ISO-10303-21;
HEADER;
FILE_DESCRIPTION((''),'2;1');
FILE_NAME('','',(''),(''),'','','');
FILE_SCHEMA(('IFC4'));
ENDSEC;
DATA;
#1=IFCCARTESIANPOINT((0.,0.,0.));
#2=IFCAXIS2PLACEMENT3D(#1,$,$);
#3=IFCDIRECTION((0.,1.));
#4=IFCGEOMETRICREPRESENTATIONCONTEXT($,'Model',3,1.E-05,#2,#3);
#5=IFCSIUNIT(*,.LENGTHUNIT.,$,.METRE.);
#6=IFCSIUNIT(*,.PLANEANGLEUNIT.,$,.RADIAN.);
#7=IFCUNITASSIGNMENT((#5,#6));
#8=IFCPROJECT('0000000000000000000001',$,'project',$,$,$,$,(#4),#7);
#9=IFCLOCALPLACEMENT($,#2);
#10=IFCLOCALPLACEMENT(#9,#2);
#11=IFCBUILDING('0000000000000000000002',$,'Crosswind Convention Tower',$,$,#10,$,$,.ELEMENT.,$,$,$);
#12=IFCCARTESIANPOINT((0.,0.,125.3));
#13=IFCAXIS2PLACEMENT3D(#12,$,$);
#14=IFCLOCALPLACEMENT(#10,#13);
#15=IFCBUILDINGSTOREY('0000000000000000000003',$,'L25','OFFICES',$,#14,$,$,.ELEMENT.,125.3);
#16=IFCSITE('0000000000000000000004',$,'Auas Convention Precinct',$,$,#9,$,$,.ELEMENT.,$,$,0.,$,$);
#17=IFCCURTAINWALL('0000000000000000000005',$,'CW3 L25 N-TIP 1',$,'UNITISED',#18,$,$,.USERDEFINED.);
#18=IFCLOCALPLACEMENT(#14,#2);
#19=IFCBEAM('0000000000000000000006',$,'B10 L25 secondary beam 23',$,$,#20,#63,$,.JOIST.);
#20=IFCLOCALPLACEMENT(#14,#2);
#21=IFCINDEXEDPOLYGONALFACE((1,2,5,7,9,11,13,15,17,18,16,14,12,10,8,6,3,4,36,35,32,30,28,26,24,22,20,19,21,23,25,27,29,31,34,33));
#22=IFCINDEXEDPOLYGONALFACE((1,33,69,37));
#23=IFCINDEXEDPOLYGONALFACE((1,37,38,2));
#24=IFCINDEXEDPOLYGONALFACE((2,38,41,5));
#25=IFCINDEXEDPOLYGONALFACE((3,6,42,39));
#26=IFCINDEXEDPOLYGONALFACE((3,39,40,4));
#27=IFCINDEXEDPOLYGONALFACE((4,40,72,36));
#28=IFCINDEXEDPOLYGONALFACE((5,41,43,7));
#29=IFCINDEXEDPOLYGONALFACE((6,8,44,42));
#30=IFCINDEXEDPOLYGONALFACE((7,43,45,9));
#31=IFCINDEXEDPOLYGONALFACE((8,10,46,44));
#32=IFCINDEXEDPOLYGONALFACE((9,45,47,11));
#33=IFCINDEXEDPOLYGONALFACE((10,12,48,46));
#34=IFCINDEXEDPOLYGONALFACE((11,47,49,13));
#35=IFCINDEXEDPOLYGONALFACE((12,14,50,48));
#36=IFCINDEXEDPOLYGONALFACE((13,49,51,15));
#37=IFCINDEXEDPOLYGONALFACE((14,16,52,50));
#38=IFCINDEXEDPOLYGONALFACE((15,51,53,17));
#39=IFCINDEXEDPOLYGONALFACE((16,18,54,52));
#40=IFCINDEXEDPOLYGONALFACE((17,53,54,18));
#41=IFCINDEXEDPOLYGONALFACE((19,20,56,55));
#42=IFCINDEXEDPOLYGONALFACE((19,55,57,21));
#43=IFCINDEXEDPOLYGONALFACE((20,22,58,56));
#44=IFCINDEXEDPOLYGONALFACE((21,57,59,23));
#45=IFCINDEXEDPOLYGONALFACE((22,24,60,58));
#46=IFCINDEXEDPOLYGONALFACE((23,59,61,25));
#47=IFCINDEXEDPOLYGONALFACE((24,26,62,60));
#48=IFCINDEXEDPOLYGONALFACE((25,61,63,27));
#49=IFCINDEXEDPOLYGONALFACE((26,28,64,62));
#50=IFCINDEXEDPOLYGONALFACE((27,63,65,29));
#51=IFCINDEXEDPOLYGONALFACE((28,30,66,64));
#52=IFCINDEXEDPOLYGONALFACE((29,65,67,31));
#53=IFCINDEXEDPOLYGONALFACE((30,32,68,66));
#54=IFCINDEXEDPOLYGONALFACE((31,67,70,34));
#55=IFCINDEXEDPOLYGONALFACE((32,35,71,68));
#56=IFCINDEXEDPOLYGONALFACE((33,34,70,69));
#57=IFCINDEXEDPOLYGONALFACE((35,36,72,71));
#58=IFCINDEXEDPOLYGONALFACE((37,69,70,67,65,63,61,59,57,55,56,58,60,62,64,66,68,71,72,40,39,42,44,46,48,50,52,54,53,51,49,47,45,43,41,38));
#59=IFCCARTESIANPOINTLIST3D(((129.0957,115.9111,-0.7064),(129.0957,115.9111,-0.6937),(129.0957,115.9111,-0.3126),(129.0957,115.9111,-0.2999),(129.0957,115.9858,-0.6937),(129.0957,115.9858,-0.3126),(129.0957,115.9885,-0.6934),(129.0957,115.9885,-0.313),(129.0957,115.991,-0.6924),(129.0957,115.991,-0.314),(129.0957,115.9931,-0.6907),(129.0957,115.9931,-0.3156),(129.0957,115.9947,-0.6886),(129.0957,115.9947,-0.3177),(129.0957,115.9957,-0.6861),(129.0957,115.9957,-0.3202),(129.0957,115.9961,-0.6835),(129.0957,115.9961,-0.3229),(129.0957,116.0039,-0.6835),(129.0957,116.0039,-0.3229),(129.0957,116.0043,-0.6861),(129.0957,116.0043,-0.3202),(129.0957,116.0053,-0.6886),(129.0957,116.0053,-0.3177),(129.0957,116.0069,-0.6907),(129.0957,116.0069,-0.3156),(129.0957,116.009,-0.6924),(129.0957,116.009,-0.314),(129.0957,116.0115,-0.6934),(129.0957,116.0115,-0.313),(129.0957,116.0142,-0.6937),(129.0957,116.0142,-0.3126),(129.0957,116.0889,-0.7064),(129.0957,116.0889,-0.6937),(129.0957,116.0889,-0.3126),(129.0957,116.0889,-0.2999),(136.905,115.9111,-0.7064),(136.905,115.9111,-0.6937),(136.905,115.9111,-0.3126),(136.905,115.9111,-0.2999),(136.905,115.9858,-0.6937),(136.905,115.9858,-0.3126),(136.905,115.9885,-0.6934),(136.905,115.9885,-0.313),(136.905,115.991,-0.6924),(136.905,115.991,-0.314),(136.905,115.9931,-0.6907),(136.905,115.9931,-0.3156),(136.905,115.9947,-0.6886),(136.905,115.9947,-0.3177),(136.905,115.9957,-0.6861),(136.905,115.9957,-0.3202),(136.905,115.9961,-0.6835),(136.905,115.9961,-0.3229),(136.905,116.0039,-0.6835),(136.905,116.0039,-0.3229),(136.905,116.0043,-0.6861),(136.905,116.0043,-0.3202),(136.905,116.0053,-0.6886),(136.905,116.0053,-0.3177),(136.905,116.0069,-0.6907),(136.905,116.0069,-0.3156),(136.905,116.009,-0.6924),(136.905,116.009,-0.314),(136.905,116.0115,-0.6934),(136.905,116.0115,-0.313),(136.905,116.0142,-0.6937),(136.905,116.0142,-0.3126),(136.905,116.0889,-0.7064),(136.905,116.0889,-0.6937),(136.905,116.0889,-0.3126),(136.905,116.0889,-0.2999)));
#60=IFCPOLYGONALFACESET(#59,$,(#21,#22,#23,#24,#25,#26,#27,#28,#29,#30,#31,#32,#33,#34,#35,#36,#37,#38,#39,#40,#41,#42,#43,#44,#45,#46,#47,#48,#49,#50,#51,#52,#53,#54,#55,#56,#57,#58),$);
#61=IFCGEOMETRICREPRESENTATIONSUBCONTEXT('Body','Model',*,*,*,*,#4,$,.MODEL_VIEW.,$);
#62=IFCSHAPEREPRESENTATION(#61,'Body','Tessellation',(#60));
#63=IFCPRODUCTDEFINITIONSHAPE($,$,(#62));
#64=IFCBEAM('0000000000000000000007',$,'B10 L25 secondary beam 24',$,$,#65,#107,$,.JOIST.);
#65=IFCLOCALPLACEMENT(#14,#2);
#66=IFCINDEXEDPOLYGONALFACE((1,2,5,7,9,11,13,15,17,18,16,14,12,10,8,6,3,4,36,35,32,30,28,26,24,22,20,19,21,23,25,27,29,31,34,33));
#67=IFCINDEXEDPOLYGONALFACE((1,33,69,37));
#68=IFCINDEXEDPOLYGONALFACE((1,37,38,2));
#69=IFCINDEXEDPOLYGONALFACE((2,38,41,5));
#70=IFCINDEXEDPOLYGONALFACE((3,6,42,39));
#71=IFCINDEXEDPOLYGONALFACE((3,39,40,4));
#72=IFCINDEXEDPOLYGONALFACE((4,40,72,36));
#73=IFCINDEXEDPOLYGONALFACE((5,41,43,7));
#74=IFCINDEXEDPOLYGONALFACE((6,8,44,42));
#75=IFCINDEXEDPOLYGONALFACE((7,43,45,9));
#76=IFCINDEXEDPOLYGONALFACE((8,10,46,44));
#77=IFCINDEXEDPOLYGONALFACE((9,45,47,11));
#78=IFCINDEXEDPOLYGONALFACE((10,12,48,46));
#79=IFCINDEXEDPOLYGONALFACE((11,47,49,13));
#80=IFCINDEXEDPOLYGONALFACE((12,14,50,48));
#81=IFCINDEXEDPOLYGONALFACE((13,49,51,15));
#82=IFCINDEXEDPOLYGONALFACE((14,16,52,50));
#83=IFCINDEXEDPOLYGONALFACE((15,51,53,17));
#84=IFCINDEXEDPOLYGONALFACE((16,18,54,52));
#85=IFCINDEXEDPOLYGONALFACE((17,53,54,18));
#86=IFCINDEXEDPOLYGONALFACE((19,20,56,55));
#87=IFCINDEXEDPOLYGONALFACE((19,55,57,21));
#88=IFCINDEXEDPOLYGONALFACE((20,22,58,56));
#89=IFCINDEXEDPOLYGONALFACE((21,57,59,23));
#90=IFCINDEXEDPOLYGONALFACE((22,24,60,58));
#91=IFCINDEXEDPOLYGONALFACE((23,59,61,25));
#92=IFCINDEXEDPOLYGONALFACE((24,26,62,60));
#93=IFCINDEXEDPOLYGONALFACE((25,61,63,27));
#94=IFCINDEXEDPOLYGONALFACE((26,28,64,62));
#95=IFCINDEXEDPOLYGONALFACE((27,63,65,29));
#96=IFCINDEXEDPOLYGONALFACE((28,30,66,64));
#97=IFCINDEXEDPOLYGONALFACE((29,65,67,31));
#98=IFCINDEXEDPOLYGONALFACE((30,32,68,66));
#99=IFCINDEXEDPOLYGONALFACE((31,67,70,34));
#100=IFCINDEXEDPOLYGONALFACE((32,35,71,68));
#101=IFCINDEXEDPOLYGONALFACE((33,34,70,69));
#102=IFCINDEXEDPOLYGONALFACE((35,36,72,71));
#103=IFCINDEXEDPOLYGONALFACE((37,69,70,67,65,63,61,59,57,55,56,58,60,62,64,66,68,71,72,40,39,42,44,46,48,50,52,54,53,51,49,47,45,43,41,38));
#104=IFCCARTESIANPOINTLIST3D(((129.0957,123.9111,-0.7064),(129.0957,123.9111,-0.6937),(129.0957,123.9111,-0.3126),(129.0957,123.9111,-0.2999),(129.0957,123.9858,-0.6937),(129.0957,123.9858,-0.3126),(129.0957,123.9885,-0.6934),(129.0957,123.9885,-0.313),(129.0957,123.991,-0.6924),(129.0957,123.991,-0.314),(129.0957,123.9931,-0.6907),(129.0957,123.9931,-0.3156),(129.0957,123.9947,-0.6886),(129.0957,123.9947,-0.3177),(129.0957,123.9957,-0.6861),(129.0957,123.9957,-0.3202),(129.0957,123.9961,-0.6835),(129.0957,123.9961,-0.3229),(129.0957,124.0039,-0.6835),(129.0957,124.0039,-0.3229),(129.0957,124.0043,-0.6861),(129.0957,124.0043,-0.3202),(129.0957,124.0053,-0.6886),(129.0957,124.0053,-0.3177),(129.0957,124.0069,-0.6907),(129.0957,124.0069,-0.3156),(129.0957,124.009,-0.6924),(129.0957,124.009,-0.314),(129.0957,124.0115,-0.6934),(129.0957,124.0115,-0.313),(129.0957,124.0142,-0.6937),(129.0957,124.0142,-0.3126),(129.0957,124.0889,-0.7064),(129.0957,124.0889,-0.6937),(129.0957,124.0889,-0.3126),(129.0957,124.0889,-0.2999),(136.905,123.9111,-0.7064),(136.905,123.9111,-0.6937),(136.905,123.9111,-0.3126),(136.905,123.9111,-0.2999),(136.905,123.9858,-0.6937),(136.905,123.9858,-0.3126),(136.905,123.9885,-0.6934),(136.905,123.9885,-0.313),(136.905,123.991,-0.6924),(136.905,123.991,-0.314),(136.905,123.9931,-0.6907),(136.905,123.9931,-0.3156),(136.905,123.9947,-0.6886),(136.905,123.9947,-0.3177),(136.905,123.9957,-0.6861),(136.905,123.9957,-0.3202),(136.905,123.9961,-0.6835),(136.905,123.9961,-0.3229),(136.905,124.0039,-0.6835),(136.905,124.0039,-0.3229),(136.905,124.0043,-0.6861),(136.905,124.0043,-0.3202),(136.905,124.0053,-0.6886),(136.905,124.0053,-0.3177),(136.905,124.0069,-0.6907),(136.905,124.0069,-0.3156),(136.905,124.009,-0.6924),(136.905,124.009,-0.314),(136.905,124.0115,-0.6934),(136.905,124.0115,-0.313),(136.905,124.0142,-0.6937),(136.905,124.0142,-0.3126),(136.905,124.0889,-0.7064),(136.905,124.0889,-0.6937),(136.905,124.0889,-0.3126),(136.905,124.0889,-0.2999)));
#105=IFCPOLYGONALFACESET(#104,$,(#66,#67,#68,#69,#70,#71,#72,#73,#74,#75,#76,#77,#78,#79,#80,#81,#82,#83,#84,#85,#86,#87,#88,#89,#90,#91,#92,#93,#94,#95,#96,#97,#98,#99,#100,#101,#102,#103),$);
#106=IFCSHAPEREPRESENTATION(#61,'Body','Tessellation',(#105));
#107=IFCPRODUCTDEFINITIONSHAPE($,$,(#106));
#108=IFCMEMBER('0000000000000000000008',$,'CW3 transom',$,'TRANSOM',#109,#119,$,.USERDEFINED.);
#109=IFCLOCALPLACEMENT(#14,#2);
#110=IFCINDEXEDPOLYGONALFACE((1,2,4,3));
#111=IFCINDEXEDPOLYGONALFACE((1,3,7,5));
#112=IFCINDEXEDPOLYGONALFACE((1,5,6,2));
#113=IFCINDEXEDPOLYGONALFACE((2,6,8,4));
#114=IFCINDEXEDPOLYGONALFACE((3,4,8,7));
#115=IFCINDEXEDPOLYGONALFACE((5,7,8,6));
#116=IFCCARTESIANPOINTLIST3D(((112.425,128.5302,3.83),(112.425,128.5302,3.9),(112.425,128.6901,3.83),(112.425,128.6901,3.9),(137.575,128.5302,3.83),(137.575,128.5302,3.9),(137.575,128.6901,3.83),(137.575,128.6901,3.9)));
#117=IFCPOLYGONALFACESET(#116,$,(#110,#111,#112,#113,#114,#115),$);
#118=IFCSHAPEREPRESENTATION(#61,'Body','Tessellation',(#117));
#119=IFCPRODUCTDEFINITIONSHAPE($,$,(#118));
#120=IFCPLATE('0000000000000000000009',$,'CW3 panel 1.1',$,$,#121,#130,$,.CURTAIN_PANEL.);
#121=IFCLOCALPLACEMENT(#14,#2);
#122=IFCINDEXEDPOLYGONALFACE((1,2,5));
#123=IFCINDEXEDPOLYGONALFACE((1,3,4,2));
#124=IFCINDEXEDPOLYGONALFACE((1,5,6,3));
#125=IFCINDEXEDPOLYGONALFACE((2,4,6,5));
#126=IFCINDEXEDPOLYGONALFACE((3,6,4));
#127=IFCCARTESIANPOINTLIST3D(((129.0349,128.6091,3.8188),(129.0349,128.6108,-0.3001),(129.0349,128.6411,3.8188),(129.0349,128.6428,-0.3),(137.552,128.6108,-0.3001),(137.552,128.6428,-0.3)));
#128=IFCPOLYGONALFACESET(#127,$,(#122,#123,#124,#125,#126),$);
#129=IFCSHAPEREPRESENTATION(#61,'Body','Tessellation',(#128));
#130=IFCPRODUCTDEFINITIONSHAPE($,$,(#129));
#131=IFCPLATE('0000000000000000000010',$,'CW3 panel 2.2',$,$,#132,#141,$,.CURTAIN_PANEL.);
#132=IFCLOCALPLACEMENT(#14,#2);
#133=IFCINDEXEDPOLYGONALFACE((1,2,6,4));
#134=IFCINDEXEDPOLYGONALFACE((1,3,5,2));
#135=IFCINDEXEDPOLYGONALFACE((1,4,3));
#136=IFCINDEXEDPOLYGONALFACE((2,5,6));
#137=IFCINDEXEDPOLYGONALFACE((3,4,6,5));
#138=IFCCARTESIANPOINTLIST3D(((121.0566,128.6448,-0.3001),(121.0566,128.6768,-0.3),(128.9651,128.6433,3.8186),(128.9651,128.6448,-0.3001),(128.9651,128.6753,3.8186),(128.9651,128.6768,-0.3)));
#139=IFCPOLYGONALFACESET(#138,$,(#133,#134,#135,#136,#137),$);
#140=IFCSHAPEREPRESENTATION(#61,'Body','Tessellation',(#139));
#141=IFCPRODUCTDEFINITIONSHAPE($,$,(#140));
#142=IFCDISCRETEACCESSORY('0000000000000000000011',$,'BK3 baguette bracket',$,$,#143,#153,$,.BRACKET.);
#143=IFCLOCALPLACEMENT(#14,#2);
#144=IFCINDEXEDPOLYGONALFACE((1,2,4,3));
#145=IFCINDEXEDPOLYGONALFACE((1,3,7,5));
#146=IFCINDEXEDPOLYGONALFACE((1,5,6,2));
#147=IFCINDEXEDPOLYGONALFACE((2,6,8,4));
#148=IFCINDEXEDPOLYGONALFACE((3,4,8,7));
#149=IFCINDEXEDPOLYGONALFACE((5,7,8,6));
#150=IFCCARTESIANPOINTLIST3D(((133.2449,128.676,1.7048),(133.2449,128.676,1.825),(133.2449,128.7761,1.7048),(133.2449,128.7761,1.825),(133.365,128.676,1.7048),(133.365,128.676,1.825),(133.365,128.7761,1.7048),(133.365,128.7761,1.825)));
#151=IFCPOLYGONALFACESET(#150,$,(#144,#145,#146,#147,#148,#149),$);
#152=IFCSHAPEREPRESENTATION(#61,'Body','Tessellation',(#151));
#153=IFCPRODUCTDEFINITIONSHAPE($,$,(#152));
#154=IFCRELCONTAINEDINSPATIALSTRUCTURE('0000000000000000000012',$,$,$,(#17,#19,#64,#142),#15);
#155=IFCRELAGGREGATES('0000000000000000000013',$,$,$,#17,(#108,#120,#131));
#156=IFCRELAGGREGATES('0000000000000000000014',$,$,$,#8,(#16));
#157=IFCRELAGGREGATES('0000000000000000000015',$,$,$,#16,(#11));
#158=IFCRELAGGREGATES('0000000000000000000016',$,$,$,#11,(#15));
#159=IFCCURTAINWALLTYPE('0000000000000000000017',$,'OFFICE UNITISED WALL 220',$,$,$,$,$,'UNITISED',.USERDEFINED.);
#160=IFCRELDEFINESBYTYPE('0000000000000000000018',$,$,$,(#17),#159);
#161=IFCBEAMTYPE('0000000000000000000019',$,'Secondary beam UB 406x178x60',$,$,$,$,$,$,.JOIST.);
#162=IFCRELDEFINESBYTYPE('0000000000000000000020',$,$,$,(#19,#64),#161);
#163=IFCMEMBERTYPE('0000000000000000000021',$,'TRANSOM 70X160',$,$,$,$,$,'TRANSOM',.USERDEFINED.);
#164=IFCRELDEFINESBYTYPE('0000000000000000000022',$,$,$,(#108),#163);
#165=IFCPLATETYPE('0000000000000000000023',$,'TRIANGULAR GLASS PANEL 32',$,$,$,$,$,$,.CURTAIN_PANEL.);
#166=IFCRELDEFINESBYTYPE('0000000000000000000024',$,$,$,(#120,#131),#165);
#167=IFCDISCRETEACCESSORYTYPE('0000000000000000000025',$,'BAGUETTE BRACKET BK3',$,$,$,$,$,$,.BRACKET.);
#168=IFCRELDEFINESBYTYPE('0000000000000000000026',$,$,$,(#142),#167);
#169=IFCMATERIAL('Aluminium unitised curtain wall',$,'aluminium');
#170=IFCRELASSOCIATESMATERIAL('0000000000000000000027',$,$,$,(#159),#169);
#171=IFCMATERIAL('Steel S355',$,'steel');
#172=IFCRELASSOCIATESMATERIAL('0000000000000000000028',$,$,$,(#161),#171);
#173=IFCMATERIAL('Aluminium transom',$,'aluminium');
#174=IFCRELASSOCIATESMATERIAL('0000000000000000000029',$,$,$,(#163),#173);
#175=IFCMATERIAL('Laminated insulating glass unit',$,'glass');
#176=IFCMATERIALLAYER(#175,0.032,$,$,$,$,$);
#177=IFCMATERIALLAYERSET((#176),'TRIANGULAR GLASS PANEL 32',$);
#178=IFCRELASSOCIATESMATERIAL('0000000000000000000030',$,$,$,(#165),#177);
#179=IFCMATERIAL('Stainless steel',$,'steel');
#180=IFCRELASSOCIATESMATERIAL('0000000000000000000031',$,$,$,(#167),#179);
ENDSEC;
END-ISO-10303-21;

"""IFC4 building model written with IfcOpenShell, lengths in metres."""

from ifc_helpers import new_model, si_unit, direction, frame, origin, origin_2d, place, context, subcontext, project, spatial, polyline, rectangle, i_section, outline, extrude, material, layer, layer_set, material_profile, profile_set, type_object, element, aggregate, save


model = new_model("IFC4")

# Units and contexts
model_context = context("Model", 3, precision=1e-05, world=origin(), true_north=direction((0.0, 1.0)))
body_context = subcontext(model_context, "Body", "Model", "MODEL_VIEW")
ifc_project = project(units=[si_unit("LENGTHUNIT", "METRE"), si_unit("PLANEANGLEUNIT", "RADIAN")], contexts=[model_context])

# Site, building, storey
site_placement = place(None, origin())
site = spatial("IfcSite", under=ifc_project, at=site_placement, Name="Auas Convention Precinct", CompositionType="ELEMENT", RefElevation=0.0)
building_placement = place(site_placement, origin())
building = spatial("IfcBuilding", under=site, at=building_placement, Name="Crosswind Convention Tower", CompositionType="ELEMENT")
storey_placement = place(building_placement, frame((0.0, 0.0, 125.3)))
storey = spatial("IfcBuildingStorey", under=building, at=storey_placement, Name="L25", Description="OFFICES", CompositionType="ELEMENT", Elevation=125.3)

# Shared definitions
ifc_material_1 = material(Name="Steel S355", Category="steel")

# Curtain wall
ifc_material_2 = material(Name="Aluminium unitised curtain wall", Category="aluminium")
curtain_wall_type = type_object("IfcCurtainWallType", Name="OFFICE UNITISED WALL 220", ElementType="UNITISED", PredefinedType="USERDEFINED", material=ifc_material_2)
curtain_wall_placement = place(storey_placement, origin())
curtain_wall = element("IfcCurtainWall", 1, at=curtain_wall_placement, inside=storey, type_object=curtain_wall_type, Name="CW3 L25 N-TIP 1", ObjectType="UNITISED", PredefinedType="USERDEFINED")

# Beams
ifc_material_profile_1 = material_profile(ifc_material_1, i_section(OverallWidth=0.1777, OverallDepth=0.4065, WebThickness=0.0078, FlangeThickness=0.0127, FilletRadius=0.0103, at=origin_2d()), Name="UB 406x178x60")
ifc_profile_set_1 = profile_set([ifc_material_profile_1], Name="Steel S355")
beam_type_1 = type_object("IfcBeamType", Name="Secondary beam UB 406x178x60", PredefinedType="JOIST", material=ifc_profile_set_1)
for number, where, z_axis, x_axis, name in (
    (2, (129.0957, 116.0, -0.5032), (1.0, 0.0, 0.0), (0.0, 1.0, 0.0), "B10 L25 secondary beam 23"),
    (3, (129.0957, 124.0, -0.5032), (1.0, 0.0, 0.0), (0.0, 1.0, 0.0), "B10 L25 secondary beam 24"),
):
    element("IfcBeam", number, at=place(storey_placement, frame(where, z_axis=z_axis, x_axis=x_axis)), inside=storey, type_object=beam_type_1, Name=name, PredefinedType="JOIST", context=body_context, shape_type="SweptSolid", body=[
        extrude(i_section(OverallWidth=0.1777, OverallDepth=0.4065, WebThickness=0.0078, FlangeThickness=0.0127, FilletRadius=0.0103, at=origin_2d()), origin(), (0.0, 0.0, 1.0), 7.8093),
    ])

# Member
ifc_material_3 = material(Name="Aluminium transom", Category="aluminium")
ifc_material_profile_2 = material_profile(ifc_material_3, rectangle(XDim=0.1599, YDim=0.0701, at=origin_2d()), Name="AL 160X70")
ifc_profile_set_2 = profile_set([ifc_material_profile_2], Name="Aluminium transom")
member_type_1 = type_object("IfcMemberType", Name="TRANSOM 70X160", ElementType="TRANSOM", PredefinedType="USERDEFINED", material=ifc_profile_set_2)
member_1_placement = place(storey_placement, frame((137.575, 128.6101, 3.865), z_axis=(-1.0, 0.0, 0.0), x_axis=(0.0, -1.0, 0.0)))
member_1 = element("IfcMember", 4, at=member_1_placement, type_object=member_type_1, Name="CW3 transom", ObjectType="TRANSOM", PredefinedType="USERDEFINED", context=body_context, shape_type="SweptSolid", body=[
    extrude(rectangle(XDim=0.1599, YDim=0.0701, at=origin_2d()), origin(), (0.0, 0.0, 1.0), 25.1499),
])

# Plates
ifc_material_4 = material(Name="Laminated insulating glass unit", Category="glass")
ifc_layer = layer(ifc_material_4, 0.032)
ifc_layer_set = layer_set([ifc_layer], Name="TRIANGULAR GLASS PANEL 32")
plate_type = type_object("IfcPlateType", Name="TRIANGULAR GLASS PANEL 32", PredefinedType="CURTAIN_PANEL", material=ifc_layer_set)
plate_1_placement = place(storey_placement, frame((129.0349, 128.6428, -0.3), z_axis=(0.0, 1.0, 0.000415), x_axis=(0.0, -0.000415, 1.0)))
plate_1 = element("IfcPlate", 5, at=plate_1_placement, type_object=plate_type, Name="CW3 panel 1.1", PredefinedType="CURTAIN_PANEL", context=body_context, shape_type="SweptSolid", body=[
    extrude(outline(polyline([(0.0, 0.0), (4.1189, 0.0), (0.0, 8.5171), (0.0, 0.0)])), origin(), (0.0, 0.0, -1.0), 0.032),
])
plate_2_placement = place(storey_placement, frame((128.9651, 128.6768, -0.3), z_axis=(0.0, 1.0, 0.000356), x_axis=(-1.0, 0.0, 0.0)))
plate_2 = element("IfcPlate", 6, at=plate_2_placement, type_object=plate_type, Name="CW3 panel 2.2", PredefinedType="CURTAIN_PANEL", context=body_context, shape_type="SweptSolid", body=[
    extrude(outline(polyline([(0.0, 0.0), (7.9084, 0.0), (0.0, 4.1187), (0.0, 0.0)])), origin(), (0.0, 0.0, -1.0), 0.032),
])
aggregate(curtain_wall, [member_1, plate_1, plate_2])

# Discrete accessory
ifc_material_5 = material(Name="Stainless steel", Category="steel")
discrete_accessory_type = type_object("IfcDiscreteAccessoryType", Name="BAGUETTE BRACKET BK3", PredefinedType="BRACKET", material=ifc_material_5)
discrete_accessory_placement = place(storey_placement, frame((133.3049, 128.7261, 1.7048), z_axis=(0.0, 0.0, 1.0), x_axis=(-1.0, 0.0, 0.0)))
element("IfcDiscreteAccessory", 7, at=discrete_accessory_placement, inside=storey, type_object=discrete_accessory_type, Name="BK3 baguette bracket", PredefinedType="BRACKET", context=body_context, shape_type="SweptSolid", body=[
    extrude(rectangle(XDim=0.1201, YDim=0.1001, at=origin_2d()), origin(), (0.0, 0.0, 1.0), 0.1201),
])

save(model, "model.ifc")
